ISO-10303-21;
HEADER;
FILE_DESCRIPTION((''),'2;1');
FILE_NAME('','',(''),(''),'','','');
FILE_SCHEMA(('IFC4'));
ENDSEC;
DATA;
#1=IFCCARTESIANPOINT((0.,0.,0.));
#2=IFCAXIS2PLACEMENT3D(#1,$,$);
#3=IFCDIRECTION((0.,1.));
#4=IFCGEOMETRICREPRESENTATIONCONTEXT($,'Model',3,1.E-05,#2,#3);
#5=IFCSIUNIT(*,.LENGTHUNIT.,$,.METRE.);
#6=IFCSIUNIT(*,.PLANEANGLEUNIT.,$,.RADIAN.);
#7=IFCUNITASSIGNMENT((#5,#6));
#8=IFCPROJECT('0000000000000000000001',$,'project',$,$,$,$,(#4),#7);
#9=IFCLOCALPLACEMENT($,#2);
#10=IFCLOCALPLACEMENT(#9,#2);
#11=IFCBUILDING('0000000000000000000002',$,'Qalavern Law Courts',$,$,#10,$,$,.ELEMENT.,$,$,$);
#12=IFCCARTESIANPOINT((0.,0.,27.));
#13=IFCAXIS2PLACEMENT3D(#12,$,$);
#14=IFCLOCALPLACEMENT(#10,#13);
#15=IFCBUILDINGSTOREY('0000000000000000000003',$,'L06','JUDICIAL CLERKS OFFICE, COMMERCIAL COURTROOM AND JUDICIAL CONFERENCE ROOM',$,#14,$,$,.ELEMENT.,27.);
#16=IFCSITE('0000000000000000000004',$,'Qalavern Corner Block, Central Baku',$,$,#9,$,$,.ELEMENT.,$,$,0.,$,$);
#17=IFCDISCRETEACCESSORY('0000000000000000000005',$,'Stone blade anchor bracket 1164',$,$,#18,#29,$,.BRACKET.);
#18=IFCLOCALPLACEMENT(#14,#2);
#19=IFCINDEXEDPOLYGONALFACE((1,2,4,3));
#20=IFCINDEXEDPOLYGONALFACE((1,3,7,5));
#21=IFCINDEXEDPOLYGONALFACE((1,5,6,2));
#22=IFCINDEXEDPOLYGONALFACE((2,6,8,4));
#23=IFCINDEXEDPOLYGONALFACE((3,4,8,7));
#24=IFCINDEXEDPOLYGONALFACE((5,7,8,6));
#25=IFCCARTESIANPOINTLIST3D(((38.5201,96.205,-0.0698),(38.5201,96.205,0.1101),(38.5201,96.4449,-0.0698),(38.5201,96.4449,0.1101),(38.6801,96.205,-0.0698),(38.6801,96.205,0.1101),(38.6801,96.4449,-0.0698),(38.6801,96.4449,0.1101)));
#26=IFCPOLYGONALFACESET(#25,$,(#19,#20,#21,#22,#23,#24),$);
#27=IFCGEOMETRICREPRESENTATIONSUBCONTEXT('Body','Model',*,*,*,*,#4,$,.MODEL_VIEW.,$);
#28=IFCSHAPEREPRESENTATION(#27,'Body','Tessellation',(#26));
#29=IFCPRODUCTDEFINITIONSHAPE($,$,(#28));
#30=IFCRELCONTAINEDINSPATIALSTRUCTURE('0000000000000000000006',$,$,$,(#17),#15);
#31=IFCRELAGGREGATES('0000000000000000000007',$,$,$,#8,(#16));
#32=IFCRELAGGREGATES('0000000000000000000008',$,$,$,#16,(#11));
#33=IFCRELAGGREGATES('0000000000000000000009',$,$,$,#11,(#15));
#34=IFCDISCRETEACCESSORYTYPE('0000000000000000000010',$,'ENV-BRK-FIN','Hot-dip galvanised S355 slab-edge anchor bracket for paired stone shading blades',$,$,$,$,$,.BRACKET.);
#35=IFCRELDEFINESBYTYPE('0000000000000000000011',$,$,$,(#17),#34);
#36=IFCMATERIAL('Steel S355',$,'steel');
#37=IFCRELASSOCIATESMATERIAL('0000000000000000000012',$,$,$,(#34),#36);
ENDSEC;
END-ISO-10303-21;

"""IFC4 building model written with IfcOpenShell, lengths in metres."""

from ifc_helpers import new_model, si_unit, direction, frame, origin, origin_2d, place, context, subcontext, project, spatial, rectangle, extrude, material, type_object, element, save


model = new_model("IFC4")

# Units and contexts
model_context = context("Model", 3, precision=1e-05, world=origin(), true_north=direction((0.0, 1.0)))
body_context = subcontext(model_context, "Body", "Model", "MODEL_VIEW")
ifc_project = project(units=[si_unit("LENGTHUNIT", "METRE"), si_unit("PLANEANGLEUNIT", "RADIAN")], contexts=[model_context])

# Site, building, storey
site_placement = place(None, origin())
site = spatial("IfcSite", under=ifc_project, at=site_placement, Name="Qalavern Corner Block, Central Baku", CompositionType="ELEMENT", RefElevation=0.0)
building_placement = place(site_placement, origin())
building = spatial("IfcBuilding", under=site, at=building_placement, Name="Qalavern Law Courts", CompositionType="ELEMENT")
storey_placement = place(building_placement, frame((0.0, 0.0, 27.0)))
storey = spatial("IfcBuildingStorey", under=building, at=storey_placement, Name="L06", Description="JUDICIAL CLERKS OFFICE, COMMERCIAL COURTROOM AND JUDICIAL CONFERENCE ROOM", CompositionType="ELEMENT", Elevation=27.0)

# Shared definitions
ifc_material_1 = material(Name="Steel S355", Category="steel")

# Discrete accessory
discrete_accessory_type = type_object("IfcDiscreteAccessoryType", Name="ENV-BRK-FIN", Description="Hot-dip galvanised S355 slab-edge anchor bracket for paired stone shading blades", PredefinedType="BRACKET", material=ifc_material_1)
for number, where, z_axis, x_axis, name in (
    (1, (38.6001, 96.325, -0.0698), (0.0, 0.0, 1.0), (0.0, -1.0, 0.0), "Stone blade anchor bracket 1164"),
):
    element("IfcDiscreteAccessory", number, at=place(storey_placement, frame(where, z_axis=z_axis, x_axis=x_axis)), inside=storey, type_object=discrete_accessory_type, Name=name, PredefinedType="BRACKET", context=body_context, shape_type="SweptSolid", body=[
        extrude(rectangle(XDim=0.24, YDim=0.1599, at=origin_2d()), origin(), (0.0, 0.0, 1.0), 0.1799),
    ])

save(model, "model.ifc")
